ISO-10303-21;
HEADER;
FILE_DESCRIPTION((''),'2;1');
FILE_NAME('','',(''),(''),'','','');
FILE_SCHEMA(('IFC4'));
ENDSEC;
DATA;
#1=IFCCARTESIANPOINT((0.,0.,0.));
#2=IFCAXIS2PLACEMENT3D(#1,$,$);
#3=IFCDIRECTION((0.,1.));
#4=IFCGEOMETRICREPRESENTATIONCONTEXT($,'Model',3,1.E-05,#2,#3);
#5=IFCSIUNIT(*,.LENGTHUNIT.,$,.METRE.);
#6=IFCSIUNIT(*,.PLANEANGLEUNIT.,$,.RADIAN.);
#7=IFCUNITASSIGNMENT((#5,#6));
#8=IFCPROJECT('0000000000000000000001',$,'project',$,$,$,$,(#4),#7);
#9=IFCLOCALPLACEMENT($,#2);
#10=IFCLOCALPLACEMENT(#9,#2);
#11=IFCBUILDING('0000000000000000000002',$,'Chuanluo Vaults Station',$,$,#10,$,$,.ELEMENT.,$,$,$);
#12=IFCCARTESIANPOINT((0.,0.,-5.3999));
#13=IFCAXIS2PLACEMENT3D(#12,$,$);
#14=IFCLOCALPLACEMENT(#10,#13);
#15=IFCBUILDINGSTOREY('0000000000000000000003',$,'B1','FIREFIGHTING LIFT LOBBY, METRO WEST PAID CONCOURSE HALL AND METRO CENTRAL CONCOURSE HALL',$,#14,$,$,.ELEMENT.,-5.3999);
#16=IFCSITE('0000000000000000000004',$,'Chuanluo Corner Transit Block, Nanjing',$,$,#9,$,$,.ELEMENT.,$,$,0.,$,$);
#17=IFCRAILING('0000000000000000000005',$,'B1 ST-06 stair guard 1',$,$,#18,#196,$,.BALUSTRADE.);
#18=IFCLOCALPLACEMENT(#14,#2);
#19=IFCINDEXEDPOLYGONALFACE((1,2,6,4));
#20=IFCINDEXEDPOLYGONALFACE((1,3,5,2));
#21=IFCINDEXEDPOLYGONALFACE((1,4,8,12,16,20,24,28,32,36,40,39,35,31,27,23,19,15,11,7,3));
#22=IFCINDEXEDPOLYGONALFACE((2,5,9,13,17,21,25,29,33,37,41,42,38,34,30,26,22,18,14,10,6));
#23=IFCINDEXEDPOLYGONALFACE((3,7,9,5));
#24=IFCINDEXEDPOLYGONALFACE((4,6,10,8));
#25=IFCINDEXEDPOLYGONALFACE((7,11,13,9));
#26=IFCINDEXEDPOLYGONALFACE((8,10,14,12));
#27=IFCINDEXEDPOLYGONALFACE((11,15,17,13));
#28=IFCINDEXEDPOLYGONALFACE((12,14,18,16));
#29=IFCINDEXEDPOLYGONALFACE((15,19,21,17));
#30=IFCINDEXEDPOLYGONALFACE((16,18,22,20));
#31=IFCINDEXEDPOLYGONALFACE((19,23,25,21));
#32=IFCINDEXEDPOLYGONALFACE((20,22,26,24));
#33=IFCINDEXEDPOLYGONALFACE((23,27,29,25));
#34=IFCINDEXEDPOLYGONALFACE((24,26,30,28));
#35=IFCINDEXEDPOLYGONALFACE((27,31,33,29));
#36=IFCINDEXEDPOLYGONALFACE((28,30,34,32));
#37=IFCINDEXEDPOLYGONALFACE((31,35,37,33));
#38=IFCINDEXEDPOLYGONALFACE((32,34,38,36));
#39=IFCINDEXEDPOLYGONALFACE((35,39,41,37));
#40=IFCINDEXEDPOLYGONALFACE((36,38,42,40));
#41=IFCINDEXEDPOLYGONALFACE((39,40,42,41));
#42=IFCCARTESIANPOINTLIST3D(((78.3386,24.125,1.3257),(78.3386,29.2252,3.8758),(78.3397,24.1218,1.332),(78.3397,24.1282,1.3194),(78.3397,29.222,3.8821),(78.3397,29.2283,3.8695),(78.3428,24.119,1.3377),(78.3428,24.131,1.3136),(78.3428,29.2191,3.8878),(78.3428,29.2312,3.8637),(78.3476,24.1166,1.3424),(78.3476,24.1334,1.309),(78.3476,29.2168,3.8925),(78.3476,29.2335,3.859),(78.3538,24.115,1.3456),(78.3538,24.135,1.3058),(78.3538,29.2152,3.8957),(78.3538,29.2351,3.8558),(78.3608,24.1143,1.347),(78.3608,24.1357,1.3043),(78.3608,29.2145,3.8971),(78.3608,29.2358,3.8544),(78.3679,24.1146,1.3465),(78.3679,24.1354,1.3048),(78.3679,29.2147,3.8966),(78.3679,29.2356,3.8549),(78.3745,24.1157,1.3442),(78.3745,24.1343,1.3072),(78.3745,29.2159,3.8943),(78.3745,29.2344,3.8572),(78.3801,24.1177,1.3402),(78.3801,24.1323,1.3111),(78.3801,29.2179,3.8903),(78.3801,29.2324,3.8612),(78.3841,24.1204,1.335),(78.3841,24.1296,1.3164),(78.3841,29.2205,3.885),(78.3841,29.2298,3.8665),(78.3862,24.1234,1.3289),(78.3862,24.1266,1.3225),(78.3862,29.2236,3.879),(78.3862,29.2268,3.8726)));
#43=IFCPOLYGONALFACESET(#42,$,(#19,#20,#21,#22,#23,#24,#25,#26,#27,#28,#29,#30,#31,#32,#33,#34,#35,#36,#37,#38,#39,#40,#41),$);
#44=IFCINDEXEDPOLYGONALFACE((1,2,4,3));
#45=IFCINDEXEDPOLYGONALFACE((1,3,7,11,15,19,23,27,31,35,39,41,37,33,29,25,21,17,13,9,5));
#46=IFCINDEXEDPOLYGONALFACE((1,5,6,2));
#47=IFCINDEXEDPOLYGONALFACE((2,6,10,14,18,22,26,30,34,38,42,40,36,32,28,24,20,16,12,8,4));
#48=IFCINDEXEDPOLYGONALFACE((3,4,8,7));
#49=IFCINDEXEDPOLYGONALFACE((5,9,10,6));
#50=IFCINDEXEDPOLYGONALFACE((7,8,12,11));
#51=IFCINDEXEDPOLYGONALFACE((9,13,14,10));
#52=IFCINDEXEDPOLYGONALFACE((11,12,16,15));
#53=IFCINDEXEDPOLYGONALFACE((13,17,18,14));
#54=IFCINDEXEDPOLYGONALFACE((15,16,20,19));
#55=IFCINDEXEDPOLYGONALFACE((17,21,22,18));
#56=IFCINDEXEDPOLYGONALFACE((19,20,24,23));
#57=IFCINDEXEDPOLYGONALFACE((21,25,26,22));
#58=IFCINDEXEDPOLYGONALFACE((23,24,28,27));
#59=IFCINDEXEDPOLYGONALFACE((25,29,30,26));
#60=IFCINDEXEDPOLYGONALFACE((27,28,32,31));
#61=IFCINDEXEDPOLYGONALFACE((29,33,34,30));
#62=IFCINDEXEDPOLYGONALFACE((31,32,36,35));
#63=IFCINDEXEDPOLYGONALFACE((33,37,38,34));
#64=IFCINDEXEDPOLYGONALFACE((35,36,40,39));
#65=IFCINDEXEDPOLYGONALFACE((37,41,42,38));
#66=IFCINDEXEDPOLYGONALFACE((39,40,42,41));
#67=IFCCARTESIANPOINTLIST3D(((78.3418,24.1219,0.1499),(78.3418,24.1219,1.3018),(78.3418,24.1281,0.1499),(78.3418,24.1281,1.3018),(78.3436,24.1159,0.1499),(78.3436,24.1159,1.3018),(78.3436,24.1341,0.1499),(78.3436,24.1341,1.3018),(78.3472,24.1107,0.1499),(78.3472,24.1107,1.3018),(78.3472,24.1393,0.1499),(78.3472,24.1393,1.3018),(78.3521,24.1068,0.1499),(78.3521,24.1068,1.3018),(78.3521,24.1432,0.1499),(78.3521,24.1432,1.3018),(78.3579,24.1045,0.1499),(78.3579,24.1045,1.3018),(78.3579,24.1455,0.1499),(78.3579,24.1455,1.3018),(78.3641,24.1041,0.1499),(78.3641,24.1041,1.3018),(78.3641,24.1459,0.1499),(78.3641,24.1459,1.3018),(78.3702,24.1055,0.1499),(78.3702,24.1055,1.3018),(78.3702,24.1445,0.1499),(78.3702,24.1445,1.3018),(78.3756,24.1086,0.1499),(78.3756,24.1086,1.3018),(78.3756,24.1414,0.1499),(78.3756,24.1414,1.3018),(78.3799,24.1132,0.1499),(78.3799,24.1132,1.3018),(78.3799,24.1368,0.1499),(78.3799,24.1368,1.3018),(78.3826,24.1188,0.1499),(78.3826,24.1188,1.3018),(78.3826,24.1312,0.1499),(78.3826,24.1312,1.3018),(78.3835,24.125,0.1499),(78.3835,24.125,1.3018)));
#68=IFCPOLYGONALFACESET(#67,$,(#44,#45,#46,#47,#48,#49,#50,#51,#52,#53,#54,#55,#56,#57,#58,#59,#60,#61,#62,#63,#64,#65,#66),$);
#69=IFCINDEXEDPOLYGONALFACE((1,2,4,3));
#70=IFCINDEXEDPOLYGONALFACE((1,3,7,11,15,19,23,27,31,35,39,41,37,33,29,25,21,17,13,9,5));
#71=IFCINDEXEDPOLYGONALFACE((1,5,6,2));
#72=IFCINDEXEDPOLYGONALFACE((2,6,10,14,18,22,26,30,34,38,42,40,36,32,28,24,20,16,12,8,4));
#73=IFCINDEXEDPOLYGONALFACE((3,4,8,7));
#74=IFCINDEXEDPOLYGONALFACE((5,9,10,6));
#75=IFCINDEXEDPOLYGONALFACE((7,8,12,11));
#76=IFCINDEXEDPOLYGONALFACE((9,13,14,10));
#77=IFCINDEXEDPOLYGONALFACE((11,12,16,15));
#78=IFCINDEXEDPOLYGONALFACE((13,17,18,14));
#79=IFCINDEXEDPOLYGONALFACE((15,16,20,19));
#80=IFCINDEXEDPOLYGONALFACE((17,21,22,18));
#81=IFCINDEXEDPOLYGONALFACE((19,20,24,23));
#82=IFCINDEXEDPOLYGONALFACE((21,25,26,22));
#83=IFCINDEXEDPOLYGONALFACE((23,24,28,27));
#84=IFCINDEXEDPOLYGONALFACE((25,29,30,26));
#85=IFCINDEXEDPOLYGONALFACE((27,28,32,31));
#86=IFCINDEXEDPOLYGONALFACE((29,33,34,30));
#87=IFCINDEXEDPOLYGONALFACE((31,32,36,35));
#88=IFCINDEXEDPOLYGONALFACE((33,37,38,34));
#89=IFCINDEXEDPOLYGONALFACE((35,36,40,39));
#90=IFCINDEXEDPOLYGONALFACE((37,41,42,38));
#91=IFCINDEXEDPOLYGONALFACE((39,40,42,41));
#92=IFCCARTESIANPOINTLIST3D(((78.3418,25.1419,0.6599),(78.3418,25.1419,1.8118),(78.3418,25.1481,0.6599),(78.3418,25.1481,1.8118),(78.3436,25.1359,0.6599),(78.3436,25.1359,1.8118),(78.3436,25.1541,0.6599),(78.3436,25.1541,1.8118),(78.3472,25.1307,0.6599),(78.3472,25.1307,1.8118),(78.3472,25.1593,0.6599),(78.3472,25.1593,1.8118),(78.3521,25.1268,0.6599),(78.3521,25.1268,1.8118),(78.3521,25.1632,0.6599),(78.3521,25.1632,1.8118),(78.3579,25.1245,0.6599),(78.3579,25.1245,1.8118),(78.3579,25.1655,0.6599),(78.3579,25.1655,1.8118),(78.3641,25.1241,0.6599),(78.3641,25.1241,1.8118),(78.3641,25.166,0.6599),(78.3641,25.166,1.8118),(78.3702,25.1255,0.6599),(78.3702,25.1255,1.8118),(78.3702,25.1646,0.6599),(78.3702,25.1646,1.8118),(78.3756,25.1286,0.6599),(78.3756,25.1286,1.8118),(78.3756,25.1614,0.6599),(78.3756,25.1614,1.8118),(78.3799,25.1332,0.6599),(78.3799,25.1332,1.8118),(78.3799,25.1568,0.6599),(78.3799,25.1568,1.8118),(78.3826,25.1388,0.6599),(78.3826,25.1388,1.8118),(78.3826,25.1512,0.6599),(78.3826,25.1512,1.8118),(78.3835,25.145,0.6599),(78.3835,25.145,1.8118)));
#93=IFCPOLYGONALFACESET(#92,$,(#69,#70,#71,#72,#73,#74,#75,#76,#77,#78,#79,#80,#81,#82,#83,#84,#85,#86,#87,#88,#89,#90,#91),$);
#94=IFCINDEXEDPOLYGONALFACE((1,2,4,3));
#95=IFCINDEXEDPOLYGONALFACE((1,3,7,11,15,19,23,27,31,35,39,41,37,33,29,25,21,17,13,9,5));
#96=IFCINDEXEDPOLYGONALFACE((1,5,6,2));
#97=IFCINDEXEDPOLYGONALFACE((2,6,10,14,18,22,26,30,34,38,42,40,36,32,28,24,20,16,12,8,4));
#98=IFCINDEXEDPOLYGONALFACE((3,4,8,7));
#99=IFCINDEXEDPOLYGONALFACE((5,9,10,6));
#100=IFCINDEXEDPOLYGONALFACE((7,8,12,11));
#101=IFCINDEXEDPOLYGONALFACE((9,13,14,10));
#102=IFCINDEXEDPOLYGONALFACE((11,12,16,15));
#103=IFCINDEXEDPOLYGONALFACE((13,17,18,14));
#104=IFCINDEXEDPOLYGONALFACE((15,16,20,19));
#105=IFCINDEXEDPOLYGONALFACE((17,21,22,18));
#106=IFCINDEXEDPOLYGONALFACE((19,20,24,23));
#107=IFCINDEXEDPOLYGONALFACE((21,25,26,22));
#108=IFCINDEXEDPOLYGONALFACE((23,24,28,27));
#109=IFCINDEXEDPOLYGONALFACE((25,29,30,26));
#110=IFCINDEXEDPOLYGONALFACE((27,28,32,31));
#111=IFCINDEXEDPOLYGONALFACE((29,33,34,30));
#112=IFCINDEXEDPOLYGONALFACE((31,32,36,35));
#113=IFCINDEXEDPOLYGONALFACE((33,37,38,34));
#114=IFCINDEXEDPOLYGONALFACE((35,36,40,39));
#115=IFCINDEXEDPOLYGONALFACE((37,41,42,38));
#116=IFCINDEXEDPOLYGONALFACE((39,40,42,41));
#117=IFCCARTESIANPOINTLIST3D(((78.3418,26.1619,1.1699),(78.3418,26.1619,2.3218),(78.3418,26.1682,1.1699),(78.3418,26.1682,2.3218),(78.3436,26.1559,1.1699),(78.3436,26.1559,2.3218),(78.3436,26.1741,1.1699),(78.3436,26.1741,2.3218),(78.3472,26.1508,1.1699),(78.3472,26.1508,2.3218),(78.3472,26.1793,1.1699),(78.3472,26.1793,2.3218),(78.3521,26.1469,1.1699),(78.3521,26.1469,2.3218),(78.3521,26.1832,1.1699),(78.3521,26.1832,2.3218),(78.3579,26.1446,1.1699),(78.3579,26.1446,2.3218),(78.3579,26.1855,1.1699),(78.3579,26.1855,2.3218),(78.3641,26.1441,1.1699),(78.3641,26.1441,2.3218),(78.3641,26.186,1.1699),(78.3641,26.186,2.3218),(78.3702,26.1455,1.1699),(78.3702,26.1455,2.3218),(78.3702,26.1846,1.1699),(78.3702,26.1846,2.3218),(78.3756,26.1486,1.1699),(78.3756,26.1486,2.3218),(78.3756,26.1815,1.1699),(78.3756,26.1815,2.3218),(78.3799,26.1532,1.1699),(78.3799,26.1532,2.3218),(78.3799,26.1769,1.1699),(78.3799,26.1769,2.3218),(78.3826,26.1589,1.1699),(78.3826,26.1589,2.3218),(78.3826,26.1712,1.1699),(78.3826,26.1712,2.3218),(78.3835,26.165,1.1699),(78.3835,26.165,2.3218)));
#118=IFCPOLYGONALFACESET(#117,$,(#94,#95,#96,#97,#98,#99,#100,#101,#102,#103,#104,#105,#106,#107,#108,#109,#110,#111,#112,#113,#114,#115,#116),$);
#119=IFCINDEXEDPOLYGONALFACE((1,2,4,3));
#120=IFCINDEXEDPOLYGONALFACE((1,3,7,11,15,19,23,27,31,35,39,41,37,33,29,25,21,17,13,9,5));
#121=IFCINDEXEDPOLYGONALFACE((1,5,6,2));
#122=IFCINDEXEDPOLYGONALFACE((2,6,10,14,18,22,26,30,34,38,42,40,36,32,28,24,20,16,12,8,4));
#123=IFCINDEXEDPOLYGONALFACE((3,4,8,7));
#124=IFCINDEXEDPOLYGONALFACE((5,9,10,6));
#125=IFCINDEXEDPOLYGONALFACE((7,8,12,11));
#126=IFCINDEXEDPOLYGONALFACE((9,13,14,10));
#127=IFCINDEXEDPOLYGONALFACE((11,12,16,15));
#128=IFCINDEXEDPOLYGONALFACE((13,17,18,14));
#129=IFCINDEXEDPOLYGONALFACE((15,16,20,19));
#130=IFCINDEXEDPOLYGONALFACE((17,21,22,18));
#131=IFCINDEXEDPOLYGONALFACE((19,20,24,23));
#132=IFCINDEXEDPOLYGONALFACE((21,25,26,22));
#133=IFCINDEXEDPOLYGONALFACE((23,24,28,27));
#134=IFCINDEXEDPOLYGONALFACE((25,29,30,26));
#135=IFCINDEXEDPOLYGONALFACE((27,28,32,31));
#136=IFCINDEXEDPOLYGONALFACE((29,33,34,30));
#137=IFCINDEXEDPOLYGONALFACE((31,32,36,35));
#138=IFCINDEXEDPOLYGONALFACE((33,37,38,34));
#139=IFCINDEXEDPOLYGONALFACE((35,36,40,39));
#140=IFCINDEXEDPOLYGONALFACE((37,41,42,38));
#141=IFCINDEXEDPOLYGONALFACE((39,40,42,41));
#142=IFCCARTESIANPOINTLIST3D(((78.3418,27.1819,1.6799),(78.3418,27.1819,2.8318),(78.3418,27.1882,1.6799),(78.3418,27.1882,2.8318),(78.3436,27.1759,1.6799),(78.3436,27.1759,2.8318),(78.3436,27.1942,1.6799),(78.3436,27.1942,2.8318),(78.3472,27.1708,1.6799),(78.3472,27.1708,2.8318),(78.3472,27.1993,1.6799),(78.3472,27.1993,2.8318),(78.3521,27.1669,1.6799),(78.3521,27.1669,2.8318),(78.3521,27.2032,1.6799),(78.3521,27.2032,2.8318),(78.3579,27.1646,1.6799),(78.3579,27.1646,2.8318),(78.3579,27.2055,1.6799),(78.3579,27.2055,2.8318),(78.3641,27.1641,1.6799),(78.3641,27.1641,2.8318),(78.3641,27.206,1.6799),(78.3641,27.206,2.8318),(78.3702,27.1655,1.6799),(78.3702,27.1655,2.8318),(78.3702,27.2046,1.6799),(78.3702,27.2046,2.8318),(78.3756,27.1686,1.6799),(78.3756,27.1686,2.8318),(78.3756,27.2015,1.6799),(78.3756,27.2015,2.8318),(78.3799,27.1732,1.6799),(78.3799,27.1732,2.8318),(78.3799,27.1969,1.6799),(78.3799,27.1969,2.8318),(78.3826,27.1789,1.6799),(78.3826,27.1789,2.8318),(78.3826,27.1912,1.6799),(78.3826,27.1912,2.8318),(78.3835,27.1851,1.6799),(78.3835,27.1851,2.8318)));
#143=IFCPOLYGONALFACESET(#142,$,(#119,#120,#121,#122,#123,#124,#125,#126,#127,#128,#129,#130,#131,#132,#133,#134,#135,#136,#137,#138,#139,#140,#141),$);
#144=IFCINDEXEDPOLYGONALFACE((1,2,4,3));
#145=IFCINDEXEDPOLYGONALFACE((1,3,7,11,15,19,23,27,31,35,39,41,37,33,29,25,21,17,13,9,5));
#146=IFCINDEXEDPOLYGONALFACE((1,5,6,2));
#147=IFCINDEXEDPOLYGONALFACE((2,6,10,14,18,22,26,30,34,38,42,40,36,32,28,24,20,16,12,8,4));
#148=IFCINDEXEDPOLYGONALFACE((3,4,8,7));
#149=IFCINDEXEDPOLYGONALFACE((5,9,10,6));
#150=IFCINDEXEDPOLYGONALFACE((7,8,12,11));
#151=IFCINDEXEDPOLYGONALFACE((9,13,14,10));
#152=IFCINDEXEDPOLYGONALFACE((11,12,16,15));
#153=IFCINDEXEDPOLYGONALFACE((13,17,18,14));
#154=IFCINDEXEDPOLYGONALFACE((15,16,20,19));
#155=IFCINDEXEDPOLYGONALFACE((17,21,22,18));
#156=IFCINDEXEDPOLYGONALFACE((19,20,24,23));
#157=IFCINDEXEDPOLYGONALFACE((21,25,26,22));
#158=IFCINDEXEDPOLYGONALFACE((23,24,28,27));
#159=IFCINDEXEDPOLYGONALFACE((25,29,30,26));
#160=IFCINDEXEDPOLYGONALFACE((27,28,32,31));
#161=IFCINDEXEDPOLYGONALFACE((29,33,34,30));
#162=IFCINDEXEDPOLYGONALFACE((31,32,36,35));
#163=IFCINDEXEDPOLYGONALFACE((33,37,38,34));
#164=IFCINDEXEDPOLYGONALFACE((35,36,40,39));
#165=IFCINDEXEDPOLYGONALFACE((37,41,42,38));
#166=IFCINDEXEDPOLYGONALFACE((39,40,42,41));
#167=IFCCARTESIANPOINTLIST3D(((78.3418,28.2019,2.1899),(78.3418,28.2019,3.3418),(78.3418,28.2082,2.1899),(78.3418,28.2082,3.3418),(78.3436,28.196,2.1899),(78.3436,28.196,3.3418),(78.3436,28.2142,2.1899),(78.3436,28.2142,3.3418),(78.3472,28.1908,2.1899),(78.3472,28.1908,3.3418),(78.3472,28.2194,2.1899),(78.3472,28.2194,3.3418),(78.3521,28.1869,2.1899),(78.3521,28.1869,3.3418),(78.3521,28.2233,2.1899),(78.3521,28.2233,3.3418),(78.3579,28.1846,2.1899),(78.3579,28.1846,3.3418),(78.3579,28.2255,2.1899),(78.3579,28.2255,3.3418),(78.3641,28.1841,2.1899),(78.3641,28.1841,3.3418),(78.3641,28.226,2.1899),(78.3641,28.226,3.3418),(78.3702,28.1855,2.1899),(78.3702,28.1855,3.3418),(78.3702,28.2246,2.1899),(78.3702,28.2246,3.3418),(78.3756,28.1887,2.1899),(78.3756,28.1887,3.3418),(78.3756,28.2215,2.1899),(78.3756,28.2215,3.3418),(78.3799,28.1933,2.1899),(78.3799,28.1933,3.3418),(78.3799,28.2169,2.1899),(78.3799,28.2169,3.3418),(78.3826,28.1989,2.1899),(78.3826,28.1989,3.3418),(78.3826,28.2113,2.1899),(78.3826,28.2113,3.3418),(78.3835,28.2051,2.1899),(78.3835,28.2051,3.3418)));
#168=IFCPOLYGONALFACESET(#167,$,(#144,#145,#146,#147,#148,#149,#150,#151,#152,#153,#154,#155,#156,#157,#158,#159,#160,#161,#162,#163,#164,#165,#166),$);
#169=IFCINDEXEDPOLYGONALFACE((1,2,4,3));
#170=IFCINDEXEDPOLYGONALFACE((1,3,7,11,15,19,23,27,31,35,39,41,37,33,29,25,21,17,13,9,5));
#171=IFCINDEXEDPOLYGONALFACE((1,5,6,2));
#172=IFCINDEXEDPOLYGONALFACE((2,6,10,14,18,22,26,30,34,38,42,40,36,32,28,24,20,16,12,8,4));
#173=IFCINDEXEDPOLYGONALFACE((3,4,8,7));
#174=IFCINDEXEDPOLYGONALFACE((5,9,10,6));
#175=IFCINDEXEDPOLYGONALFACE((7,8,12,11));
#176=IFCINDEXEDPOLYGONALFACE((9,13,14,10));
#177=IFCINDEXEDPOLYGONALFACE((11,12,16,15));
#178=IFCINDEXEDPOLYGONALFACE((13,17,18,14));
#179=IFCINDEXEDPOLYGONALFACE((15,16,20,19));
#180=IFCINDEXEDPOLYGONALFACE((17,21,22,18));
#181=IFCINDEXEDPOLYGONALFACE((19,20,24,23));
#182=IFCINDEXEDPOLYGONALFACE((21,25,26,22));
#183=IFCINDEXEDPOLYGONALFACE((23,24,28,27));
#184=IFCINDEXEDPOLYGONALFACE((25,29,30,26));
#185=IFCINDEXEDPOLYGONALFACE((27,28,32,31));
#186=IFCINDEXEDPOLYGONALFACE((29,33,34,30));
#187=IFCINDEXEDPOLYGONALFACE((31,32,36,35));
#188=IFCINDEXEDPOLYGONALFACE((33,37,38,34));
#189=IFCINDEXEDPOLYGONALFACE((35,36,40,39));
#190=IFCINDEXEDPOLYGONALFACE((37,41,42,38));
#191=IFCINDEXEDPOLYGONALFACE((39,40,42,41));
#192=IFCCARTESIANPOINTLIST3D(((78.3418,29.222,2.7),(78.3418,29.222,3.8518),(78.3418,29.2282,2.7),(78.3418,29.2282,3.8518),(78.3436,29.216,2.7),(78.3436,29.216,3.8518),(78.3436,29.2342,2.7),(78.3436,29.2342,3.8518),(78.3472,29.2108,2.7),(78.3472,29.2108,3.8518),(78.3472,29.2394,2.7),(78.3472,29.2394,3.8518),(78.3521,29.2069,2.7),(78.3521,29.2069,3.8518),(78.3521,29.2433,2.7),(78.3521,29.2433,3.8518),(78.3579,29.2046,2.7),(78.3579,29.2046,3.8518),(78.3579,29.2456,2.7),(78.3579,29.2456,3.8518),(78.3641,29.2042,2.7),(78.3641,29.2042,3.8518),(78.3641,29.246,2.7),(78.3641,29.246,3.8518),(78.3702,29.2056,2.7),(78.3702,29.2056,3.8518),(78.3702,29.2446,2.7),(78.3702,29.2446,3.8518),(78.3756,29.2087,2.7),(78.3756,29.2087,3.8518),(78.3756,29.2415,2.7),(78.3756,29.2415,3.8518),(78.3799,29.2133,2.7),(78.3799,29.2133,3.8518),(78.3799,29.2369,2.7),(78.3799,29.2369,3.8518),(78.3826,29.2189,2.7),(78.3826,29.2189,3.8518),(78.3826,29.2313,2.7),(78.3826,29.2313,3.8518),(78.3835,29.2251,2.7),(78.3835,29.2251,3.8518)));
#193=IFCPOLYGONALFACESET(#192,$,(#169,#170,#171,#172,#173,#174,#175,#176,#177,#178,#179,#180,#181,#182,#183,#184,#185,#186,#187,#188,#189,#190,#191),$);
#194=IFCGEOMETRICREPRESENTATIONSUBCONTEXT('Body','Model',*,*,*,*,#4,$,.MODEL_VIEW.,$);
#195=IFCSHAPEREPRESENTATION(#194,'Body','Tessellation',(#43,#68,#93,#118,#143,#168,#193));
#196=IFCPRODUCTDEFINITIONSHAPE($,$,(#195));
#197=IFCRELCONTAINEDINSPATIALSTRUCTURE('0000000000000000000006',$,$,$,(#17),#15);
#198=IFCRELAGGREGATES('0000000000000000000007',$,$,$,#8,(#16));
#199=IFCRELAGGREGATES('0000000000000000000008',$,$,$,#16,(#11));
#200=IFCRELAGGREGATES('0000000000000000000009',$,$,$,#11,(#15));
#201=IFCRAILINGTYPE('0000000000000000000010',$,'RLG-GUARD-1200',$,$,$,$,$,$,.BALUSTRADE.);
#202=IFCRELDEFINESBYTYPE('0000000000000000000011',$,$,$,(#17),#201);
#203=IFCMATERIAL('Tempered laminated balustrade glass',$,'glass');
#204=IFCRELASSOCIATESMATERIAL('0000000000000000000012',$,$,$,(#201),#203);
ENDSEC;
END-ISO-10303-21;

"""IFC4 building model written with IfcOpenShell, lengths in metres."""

from ifc_helpers import new_model, si_unit, direction, frame, origin, origin_2d, place, context, subcontext, project, spatial, circle, extrude, material, type_object, element, save


model = new_model("IFC4")

# Units and contexts
model_context = context("Model", 3, precision=1e-05, world=origin(), true_north=direction((0.0, 1.0)))
body_context = subcontext(model_context, "Body", "Model", "MODEL_VIEW")
ifc_project = project(units=[si_unit("LENGTHUNIT", "METRE"), si_unit("PLANEANGLEUNIT", "RADIAN")], contexts=[model_context])

# Site, building, storey
site_placement = place(None, origin())
site = spatial("IfcSite", under=ifc_project, at=site_placement, Name="Chuanluo Corner Transit Block, Nanjing", CompositionType="ELEMENT", RefElevation=0.0)
building_placement = place(site_placement, origin())
building = spatial("IfcBuilding", under=site, at=building_placement, Name="Chuanluo Vaults Station", CompositionType="ELEMENT")
storey_placement = place(building_placement, frame((0.0, 0.0, -5.3999)))
storey = spatial("IfcBuildingStorey", under=building, at=storey_placement, Name="B1", Description="FIREFIGHTING LIFT LOBBY, METRO WEST PAID CONCOURSE HALL AND METRO CENTRAL CONCOURSE HALL", CompositionType="ELEMENT", Elevation=-5.3999)

# Railing
ifc_material_1 = material(Name="Tempered laminated balustrade glass", Category="glass")
railing_type_1 = type_object("IfcRailingType", Name="RLG-GUARD-1200", PredefinedType="BALUSTRADE", material=ifc_material_1)
railing_1_placement = place(storey_placement, frame((78.3625, 24.125, 0.1499)))
element("IfcRailing", 1, at=railing_1_placement, inside=storey, type_object=railing_type_1, Name="B1 ST-06 stair guard 1", PredefinedType="BALUSTRADE", context=body_context, shape_type="SweptSolid", body=[
    extrude(circle(Radius=0.0239, at=origin_2d()), frame((0.0, 0.0, 1.1758), z_axis=(0.0, 0.894427, 0.447214), x_axis=(-1.0, 0.0, 0.0)), (0.0, 0.0, 1.0), 5.7021),
    extrude(circle(Radius=0.021, at=origin_2d()), origin(), (0.0, 0.0, 1.0), 1.1519),
    extrude(circle(Radius=0.021, at=origin_2d()), frame((0.0, 1.02, 0.51)), (0.0, 0.0, 1.0), 1.1519),
    extrude(circle(Radius=0.021, at=origin_2d()), frame((0.0, 2.04, 1.02)), (0.0, 0.0, 1.0), 1.1519),
    extrude(circle(Radius=0.021, at=origin_2d()), frame((0.0, 3.0601, 1.53)), (0.0, 0.0, 1.0), 1.1519),
    extrude(circle(Radius=0.021, at=origin_2d()), frame((0.0, 4.0801, 2.04)), (0.0, 0.0, 1.0), 1.1519),
    extrude(circle(Radius=0.021, at=origin_2d()), frame((0.0, 5.1001, 2.55)), (0.0, 0.0, 1.0), 1.1519),
])

save(model, "model.ifc")
